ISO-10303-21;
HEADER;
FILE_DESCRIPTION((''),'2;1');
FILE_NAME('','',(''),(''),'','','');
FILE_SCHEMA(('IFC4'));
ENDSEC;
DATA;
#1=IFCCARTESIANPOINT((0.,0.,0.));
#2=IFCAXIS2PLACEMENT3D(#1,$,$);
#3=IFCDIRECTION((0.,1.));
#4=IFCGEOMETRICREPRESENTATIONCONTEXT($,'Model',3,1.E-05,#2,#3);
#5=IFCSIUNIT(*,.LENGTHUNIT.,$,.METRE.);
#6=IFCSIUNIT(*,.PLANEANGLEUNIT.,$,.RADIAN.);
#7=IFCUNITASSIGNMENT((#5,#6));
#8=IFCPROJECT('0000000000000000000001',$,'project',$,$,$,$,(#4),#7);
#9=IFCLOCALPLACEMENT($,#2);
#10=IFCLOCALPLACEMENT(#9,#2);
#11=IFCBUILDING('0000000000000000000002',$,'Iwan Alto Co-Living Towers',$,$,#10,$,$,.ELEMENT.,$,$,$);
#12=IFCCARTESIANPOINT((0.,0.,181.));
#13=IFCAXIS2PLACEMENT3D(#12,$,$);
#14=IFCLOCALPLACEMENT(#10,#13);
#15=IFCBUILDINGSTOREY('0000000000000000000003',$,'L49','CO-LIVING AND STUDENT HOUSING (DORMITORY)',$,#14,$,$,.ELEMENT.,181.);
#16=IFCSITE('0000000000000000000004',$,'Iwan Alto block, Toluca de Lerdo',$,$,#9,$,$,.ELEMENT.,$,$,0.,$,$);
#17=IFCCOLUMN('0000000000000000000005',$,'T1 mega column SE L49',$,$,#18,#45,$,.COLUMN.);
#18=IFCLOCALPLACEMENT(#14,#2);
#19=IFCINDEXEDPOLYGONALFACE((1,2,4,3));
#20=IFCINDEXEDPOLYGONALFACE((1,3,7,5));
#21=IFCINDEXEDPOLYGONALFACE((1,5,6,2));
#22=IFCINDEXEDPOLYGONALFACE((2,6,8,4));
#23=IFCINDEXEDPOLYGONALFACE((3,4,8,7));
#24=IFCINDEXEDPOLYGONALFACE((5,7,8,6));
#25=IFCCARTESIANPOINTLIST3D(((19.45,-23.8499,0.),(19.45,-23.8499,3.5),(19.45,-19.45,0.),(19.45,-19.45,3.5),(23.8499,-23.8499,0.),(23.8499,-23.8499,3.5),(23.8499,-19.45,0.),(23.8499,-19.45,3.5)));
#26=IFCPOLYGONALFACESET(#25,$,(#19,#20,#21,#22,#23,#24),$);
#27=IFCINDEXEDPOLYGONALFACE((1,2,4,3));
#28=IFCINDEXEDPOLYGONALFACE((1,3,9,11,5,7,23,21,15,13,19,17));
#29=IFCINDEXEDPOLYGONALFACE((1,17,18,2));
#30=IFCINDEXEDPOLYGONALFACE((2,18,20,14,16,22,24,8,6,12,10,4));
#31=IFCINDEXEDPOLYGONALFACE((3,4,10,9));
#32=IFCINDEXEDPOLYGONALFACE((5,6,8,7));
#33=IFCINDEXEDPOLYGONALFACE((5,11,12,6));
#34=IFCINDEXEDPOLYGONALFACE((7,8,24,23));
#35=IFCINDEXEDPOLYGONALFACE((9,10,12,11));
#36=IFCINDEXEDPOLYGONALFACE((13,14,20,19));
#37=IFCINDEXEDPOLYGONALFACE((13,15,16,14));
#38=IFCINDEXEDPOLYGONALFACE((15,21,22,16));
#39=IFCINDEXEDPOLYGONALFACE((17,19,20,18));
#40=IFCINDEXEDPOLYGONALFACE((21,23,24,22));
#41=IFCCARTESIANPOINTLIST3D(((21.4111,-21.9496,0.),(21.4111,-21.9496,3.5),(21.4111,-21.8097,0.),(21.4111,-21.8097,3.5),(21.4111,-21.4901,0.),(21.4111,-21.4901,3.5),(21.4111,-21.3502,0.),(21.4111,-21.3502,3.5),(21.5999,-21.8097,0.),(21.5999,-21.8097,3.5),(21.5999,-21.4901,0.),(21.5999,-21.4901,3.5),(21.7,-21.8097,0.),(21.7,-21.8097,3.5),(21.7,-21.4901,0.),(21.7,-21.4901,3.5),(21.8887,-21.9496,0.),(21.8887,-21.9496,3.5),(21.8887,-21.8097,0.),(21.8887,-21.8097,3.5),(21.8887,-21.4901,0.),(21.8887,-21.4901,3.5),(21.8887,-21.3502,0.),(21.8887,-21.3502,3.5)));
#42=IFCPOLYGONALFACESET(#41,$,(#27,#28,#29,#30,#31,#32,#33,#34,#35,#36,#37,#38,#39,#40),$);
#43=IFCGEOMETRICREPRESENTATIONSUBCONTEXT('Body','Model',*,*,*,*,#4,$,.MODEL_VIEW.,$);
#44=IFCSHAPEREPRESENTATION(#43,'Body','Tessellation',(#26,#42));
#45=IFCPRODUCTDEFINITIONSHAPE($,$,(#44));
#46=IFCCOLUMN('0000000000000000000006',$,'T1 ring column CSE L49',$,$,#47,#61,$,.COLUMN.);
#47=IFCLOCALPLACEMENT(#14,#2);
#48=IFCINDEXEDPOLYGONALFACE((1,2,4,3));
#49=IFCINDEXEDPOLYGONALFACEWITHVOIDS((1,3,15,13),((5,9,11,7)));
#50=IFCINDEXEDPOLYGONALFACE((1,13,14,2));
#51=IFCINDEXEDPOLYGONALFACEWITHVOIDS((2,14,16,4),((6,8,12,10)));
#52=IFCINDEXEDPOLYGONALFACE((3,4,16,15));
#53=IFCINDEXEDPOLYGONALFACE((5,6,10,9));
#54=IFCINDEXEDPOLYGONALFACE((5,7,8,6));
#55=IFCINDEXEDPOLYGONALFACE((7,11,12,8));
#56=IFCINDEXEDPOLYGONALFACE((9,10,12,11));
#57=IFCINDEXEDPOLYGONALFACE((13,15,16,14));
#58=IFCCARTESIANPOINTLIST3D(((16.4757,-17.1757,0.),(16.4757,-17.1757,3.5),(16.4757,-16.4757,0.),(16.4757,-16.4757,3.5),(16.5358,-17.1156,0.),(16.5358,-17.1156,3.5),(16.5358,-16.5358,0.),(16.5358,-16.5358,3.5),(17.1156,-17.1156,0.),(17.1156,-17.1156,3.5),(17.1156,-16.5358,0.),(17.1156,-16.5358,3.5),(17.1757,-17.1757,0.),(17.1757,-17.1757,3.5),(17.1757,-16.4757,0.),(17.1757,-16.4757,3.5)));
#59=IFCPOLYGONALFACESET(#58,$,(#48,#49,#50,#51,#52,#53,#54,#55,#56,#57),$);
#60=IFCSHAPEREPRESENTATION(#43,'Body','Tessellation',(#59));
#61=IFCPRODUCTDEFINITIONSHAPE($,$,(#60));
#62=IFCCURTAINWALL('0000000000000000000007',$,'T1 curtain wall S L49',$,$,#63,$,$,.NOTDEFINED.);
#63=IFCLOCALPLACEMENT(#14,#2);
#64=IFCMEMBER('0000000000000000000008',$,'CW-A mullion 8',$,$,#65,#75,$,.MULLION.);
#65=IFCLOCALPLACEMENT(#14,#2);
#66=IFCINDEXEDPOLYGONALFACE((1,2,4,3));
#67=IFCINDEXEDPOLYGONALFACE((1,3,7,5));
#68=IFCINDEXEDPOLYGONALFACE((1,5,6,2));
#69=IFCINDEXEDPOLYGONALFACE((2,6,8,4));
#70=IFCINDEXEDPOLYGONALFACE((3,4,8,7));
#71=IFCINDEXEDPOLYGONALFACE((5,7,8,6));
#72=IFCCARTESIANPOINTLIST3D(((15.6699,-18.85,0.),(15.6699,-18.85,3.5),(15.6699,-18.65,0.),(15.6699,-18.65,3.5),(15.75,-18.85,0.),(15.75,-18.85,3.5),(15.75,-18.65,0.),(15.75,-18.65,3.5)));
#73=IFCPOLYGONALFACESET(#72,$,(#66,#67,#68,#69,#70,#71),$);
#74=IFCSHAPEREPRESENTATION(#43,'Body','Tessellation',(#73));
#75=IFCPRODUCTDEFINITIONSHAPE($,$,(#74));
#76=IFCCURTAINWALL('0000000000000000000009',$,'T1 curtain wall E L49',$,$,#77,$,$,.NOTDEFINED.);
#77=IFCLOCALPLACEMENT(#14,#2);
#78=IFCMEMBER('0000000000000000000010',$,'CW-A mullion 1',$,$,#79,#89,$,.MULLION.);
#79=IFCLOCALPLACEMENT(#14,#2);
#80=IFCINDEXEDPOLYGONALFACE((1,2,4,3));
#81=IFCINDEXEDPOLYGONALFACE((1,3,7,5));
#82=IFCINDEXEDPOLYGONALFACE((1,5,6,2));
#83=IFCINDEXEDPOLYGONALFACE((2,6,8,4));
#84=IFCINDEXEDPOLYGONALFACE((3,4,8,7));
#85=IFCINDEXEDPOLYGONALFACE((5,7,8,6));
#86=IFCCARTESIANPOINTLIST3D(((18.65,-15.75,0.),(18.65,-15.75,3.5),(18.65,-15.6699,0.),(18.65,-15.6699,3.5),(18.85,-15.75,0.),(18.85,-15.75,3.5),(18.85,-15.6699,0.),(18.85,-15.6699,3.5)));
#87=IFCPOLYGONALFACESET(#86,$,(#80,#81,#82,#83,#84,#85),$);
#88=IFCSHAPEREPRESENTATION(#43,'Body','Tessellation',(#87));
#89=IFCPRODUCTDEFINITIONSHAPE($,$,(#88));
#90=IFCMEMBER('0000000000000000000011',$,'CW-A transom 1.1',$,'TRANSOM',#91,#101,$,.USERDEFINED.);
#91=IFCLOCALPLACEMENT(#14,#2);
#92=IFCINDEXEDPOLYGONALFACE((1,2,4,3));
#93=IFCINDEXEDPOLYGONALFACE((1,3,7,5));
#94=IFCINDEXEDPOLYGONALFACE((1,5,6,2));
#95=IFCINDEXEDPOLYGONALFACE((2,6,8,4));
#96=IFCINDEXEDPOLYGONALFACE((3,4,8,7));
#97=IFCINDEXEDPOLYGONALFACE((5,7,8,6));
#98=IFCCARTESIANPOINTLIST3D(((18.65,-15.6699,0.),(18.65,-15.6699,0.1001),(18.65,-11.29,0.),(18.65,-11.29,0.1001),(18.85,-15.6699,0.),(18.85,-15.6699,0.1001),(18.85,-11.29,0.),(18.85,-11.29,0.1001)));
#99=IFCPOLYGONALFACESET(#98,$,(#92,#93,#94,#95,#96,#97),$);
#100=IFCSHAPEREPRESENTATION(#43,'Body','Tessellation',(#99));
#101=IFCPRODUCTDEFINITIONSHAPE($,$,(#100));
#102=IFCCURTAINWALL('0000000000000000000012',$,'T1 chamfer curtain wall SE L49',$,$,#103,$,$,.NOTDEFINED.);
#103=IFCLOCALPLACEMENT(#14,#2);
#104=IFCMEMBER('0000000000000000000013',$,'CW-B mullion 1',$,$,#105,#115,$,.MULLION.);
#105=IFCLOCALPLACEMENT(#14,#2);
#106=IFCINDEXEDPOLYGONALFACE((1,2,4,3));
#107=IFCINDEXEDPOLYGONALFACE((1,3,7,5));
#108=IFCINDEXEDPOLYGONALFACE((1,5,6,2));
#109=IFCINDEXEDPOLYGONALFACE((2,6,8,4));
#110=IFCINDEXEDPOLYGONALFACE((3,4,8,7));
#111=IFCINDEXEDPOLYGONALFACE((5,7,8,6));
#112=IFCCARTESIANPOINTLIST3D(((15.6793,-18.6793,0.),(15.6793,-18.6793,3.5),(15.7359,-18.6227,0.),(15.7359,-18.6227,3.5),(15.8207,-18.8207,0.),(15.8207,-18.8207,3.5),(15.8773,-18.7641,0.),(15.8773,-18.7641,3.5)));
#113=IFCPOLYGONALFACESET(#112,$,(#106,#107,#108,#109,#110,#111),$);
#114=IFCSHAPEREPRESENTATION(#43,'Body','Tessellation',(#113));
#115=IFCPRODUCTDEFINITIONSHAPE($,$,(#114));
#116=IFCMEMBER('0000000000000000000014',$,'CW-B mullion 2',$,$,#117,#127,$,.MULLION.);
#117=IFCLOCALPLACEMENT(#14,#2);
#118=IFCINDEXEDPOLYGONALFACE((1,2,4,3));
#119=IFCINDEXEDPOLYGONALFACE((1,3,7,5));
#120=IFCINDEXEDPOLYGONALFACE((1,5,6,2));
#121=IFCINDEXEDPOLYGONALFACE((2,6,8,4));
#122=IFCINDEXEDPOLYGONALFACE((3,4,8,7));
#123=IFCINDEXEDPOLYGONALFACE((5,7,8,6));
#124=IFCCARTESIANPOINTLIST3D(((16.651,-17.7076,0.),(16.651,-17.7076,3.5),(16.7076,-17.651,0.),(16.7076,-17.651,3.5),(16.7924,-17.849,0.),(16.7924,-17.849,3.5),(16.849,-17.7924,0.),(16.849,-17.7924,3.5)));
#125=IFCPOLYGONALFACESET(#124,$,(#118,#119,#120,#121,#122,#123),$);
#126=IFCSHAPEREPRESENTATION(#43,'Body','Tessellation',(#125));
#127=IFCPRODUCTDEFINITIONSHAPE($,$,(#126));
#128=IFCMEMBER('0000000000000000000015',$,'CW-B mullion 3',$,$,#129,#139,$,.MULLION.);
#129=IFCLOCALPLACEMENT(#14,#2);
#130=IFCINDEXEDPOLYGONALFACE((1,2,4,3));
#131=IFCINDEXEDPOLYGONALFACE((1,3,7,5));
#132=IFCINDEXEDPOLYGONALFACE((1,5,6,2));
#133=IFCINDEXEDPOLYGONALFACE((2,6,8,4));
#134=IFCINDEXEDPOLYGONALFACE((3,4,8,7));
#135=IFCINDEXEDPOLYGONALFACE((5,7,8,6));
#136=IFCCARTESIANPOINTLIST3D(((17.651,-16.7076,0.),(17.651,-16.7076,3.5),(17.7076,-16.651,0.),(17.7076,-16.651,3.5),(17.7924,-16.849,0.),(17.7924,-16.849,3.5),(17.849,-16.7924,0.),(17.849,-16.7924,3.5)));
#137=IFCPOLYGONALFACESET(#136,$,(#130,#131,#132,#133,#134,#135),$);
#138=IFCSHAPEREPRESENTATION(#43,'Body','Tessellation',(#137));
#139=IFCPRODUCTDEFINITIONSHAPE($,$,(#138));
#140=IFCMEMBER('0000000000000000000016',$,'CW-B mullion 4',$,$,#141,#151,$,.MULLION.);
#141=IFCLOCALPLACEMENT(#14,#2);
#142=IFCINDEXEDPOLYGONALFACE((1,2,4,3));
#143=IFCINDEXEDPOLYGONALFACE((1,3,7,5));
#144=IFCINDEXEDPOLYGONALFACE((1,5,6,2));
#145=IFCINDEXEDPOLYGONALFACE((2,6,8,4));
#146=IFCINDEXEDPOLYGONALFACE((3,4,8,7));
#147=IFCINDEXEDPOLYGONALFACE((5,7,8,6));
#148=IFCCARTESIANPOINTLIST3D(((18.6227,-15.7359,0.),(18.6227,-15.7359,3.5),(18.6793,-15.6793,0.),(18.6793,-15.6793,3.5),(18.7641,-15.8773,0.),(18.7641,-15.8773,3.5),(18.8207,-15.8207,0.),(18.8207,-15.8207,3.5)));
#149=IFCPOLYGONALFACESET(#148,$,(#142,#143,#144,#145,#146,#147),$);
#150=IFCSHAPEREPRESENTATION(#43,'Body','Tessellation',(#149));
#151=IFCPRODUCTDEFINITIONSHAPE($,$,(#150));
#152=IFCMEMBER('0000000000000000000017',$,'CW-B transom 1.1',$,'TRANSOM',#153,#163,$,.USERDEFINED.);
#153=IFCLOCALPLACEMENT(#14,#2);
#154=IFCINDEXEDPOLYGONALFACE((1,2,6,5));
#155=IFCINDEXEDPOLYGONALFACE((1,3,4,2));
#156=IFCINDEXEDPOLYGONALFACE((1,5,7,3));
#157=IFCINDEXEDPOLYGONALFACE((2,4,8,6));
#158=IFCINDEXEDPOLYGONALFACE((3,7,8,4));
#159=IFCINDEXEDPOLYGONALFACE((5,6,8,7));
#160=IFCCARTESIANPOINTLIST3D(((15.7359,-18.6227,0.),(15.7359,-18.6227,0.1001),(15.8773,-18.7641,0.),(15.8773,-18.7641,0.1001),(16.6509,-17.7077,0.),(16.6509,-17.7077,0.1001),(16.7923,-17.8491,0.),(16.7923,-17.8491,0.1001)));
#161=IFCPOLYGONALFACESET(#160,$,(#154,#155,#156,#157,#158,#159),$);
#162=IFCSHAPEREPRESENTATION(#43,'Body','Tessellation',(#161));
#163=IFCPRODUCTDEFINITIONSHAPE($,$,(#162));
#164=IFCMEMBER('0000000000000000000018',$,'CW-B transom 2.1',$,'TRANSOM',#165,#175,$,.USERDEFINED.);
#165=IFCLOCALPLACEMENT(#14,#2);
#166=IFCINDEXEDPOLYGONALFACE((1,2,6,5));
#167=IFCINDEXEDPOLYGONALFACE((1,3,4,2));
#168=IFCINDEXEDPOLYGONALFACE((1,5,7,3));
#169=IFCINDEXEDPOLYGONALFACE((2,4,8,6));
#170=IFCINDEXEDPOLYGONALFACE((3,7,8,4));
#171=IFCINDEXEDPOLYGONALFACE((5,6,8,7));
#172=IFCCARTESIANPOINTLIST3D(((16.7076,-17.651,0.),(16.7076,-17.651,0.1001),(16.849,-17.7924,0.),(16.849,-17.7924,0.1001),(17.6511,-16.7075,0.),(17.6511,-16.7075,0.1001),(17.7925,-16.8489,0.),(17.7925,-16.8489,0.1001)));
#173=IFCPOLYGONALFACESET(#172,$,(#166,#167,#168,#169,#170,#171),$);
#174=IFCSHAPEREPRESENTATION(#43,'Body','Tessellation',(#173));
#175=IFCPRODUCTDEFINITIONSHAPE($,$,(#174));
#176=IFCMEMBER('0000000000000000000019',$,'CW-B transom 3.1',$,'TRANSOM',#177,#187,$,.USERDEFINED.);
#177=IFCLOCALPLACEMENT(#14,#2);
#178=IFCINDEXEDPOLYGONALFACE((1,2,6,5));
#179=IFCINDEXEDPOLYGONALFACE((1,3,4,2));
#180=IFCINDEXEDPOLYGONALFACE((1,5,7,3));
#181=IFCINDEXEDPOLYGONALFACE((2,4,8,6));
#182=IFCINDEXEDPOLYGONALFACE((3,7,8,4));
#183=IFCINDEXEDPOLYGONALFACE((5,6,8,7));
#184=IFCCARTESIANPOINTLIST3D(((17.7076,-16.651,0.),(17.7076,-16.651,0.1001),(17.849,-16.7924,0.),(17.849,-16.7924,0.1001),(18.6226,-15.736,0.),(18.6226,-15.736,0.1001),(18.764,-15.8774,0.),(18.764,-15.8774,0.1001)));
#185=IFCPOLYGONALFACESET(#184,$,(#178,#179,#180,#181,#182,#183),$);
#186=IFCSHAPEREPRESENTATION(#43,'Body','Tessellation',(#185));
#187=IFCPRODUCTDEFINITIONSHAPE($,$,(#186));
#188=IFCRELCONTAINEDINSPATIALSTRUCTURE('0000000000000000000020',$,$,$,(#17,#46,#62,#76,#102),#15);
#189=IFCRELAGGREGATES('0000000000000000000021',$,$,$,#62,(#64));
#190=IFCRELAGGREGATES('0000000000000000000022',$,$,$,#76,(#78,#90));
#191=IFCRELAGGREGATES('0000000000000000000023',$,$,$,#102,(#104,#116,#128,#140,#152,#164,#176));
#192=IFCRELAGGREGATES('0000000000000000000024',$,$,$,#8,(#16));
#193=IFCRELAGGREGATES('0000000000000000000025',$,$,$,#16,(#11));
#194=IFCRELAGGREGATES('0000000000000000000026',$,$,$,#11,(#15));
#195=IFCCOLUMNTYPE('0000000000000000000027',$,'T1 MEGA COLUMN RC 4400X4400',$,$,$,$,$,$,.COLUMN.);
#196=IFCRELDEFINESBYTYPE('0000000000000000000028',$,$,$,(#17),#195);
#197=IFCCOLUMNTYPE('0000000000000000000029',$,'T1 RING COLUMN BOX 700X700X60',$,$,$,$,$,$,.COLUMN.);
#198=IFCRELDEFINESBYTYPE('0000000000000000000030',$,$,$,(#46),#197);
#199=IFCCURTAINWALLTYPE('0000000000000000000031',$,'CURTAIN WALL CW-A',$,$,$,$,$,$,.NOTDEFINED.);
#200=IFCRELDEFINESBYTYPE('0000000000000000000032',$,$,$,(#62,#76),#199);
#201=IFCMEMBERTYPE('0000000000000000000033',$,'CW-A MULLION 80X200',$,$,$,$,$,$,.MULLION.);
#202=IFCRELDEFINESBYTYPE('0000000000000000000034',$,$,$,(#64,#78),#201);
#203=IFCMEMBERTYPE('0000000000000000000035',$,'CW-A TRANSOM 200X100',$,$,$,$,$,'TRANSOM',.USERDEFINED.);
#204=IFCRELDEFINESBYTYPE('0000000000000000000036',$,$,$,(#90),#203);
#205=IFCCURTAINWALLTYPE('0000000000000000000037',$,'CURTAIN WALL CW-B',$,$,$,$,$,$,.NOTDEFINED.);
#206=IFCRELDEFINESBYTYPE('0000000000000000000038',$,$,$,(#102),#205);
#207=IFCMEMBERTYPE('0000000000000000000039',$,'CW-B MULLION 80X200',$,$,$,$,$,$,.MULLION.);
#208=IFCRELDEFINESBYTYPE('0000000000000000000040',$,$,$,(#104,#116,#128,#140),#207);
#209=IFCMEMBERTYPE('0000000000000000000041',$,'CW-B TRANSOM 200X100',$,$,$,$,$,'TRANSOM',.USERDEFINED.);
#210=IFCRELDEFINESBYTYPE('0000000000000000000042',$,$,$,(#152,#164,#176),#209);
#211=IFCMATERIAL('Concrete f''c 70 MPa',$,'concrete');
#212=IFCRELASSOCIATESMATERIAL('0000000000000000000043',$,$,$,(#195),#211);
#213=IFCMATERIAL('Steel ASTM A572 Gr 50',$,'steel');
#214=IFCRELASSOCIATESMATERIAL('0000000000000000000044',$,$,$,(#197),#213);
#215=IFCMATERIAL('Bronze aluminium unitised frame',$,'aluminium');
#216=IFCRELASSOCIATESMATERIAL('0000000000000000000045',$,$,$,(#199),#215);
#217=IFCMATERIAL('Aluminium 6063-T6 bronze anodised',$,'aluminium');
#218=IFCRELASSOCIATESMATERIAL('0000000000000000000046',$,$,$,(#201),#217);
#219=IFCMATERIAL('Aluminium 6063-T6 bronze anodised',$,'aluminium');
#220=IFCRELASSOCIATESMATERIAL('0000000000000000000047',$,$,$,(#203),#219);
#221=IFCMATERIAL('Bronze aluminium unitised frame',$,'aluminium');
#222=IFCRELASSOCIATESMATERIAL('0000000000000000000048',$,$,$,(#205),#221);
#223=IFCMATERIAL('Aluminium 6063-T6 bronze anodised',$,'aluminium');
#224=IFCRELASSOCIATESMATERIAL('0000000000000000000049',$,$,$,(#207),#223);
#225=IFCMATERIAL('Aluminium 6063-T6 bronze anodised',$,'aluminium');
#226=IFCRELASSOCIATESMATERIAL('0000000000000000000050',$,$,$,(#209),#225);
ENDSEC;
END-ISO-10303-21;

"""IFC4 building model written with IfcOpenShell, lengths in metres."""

from ifc_helpers import new_model, si_unit, direction, frame, origin, origin_2d, place, context, subcontext, project, spatial, rectangle, hollow_rectangle, i_section, extrude, material, material_profile, profile_set, type_object, element, aggregate, save


model = new_model("IFC4")

# Units and contexts
model_context = context("Model", 3, precision=1e-05, world=origin(), true_north=direction((0.0, 1.0)))
body_context = subcontext(model_context, "Body", "Model", "MODEL_VIEW")
ifc_project = project(units=[si_unit("LENGTHUNIT", "METRE"), si_unit("PLANEANGLEUNIT", "RADIAN")], contexts=[model_context])

# Site, building, storey
site_placement = place(None, origin())
site = spatial("IfcSite", under=ifc_project, at=site_placement, Name="Iwan Alto block, Toluca de Lerdo", CompositionType="ELEMENT", RefElevation=0.0)
building_placement = place(site_placement, origin())
building = spatial("IfcBuilding", under=site, at=building_placement, Name="Iwan Alto Co-Living Towers", CompositionType="ELEMENT")
storey_placement = place(building_placement, frame((0.0, 0.0, 181.0)))
storey = spatial("IfcBuildingStorey", under=building, at=storey_placement, Name="L49", Description="CO-LIVING AND STUDENT HOUSING (DORMITORY)", CompositionType="ELEMENT", Elevation=181.0)

# Columns
ifc_material_1 = material(Name="Concrete f'c 70 MPa", Category="concrete")
ifc_material_profile_1 = material_profile(ifc_material_1, rectangle(XDim=4.3999, YDim=4.3999, at=origin_2d()), Name="RC 4400X4400")
ifc_profile_set_1 = profile_set([ifc_material_profile_1], Name="Concrete f'c 70 MPa")
column_type_1 = type_object("IfcColumnType", Name="T1 MEGA COLUMN RC 4400X4400", PredefinedType="COLUMN", material=ifc_profile_set_1)
column_1_placement = place(storey_placement, frame((21.6499, -21.6499, 0.0), z_axis=(0.0, 0.0, 1.0), x_axis=(1.0, 0.0, 0.0)))
element("IfcColumn", 1, at=column_1_placement, inside=storey, type_object=column_type_1, Name="T1 mega column SE L49", PredefinedType="COLUMN", context=body_context, shape_type="SweptSolid", body=[
    extrude(rectangle(XDim=4.3999, YDim=4.3999, at=origin_2d()), origin(), (0.0, 0.0, 1.0), 3.5),
    extrude(i_section(OverallWidth=0.4775, OverallDepth=0.5994, WebThickness=0.1001, FlangeThickness=0.1399, at=origin_2d()), origin(), (0.0, 0.0, 1.0), 3.5),
])
ifc_material_2 = material(Name="Steel ASTM A572 Gr 50", Category="steel")
ifc_material_profile_2 = material_profile(ifc_material_2, hollow_rectangle(XDim=0.7, YDim=0.7, WallThickness=0.0601, at=origin_2d()), Name="BOX 700X700X60")
ifc_profile_set_2 = profile_set([ifc_material_profile_2], Name="Steel ASTM A572 Gr 50")
column_type_2 = type_object("IfcColumnType", Name="T1 RING COLUMN BOX 700X700X60", PredefinedType="COLUMN", material=ifc_profile_set_2)
column_2_placement = place(storey_placement, frame((16.8257, -16.8257, 0.0), z_axis=(0.0, 0.0, 1.0), x_axis=(1.0, 0.0, 0.0)))
element("IfcColumn", 2, at=column_2_placement, inside=storey, type_object=column_type_2, Name="T1 ring column CSE L49", PredefinedType="COLUMN", context=body_context, shape_type="SweptSolid", body=[
    extrude(hollow_rectangle(XDim=0.7, YDim=0.7, WallThickness=0.0601, at=origin_2d()), origin(), (0.0, 0.0, 1.0), 3.5),
])

# Curtain wall, member
ifc_material_3 = material(Name="Bronze aluminium unitised frame", Category="aluminium")
curtain_wall_type_1 = type_object("IfcCurtainWallType", Name="CURTAIN WALL CW-A", PredefinedType="NOTDEFINED", material=ifc_material_3)
curtain_wall_1_placement = place(storey_placement, origin())
curtain_wall_1 = element("IfcCurtainWall", 3, at=curtain_wall_1_placement, inside=storey, type_object=curtain_wall_type_1, Name="T1 curtain wall S L49", PredefinedType="NOTDEFINED")
ifc_material_4 = material(Name="Aluminium 6063-T6 bronze anodised", Category="aluminium")
ifc_material_profile_3 = material_profile(ifc_material_4, rectangle(XDim=0.2, YDim=0.0801, at=origin_2d()), Name="AL 80X200")
ifc_profile_set_3 = profile_set([ifc_material_profile_3], Name="Aluminium 6063-T6 bronze anodised")
member_type_1 = type_object("IfcMemberType", Name="CW-A MULLION 80X200", PredefinedType="MULLION", material=ifc_profile_set_3)
member_1_placement = place(storey_placement, frame((15.71, -18.75, 0.0), z_axis=(0.0, 0.0, 1.0), x_axis=(0.0, 1.0, 0.0)))
member_1 = element("IfcMember", 4, at=member_1_placement, type_object=member_type_1, Name="CW-A mullion 8", PredefinedType="MULLION", context=body_context, shape_type="SweptSolid", body=[
    extrude(rectangle(XDim=0.2, YDim=0.0801, at=origin_2d()), origin(), (0.0, 0.0, 1.0), 3.5),
])

# Curtain walls, members
curtain_wall_2_placement = place(storey_placement, origin())
curtain_wall_2 = element("IfcCurtainWall", 5, at=curtain_wall_2_placement, inside=storey, type_object=curtain_wall_type_1, Name="T1 curtain wall E L49", PredefinedType="NOTDEFINED")
member_2_placement = place(storey_placement, frame((18.75, -15.71, 0.0), z_axis=(0.0, 0.0, 1.0), x_axis=(-1.0, 0.0, 0.0)))
member_2 = element("IfcMember", 6, at=member_2_placement, type_object=member_type_1, Name="CW-A mullion 1", PredefinedType="MULLION", context=body_context, shape_type="SweptSolid", body=[
    extrude(rectangle(XDim=0.2, YDim=0.0801, at=origin_2d()), origin(), (0.0, 0.0, 1.0), 3.5),
])
ifc_material_5 = material(Name="Aluminium 6063-T6 bronze anodised", Category="aluminium")
ifc_material_profile_4 = material_profile(ifc_material_5, rectangle(XDim=0.2, YDim=0.1001, at=origin_2d()), Name="AL 200X100")
ifc_profile_set_4 = profile_set([ifc_material_profile_4], Name="Aluminium 6063-T6 bronze anodised")
member_type_2 = type_object("IfcMemberType", Name="CW-A TRANSOM 200X100", ElementType="TRANSOM", PredefinedType="USERDEFINED", material=ifc_profile_set_4)
member_3_placement = place(storey_placement, frame((18.75, -15.6699, 0.05), z_axis=(0.0, 1.0, 0.0), x_axis=(-1.0, 0.0, 0.0)))
member_3 = element("IfcMember", 7, at=member_3_placement, type_object=member_type_2, Name="CW-A transom 1.1", ObjectType="TRANSOM", PredefinedType="USERDEFINED", context=body_context, shape_type="SweptSolid", body=[
    extrude(rectangle(XDim=0.2, YDim=0.1001, at=origin_2d()), origin(), (0.0, 0.0, 1.0), 4.3799),
])
ifc_material_6 = material(Name="Bronze aluminium unitised frame", Category="aluminium")
curtain_wall_type_2 = type_object("IfcCurtainWallType", Name="CURTAIN WALL CW-B", PredefinedType="NOTDEFINED", material=ifc_material_6)
curtain_wall_3_placement = place(storey_placement, origin())
curtain_wall_3 = element("IfcCurtainWall", 8, at=curtain_wall_3_placement, inside=storey, type_object=curtain_wall_type_2, Name="T1 chamfer curtain wall SE L49", PredefinedType="NOTDEFINED")
ifc_material_7 = material(Name="Aluminium 6063-T6 bronze anodised", Category="aluminium")
ifc_material_profile_5 = material_profile(ifc_material_7, rectangle(XDim=0.2, YDim=0.0801, at=origin_2d()), Name="AL 80X200")
ifc_profile_set_5 = profile_set([ifc_material_profile_5], Name="Aluminium 6063-T6 bronze anodised")
member_type_3 = type_object("IfcMemberType", Name="CW-B MULLION 80X200", PredefinedType="MULLION", material=ifc_profile_set_5)
member_4_placement = place(storey_placement, frame((15.7783, -18.7217, 0.0), z_axis=(0.0, 0.0, 1.0), x_axis=(-0.707107, 0.707107, 0.0)))
member_4 = element("IfcMember", 9, at=member_4_placement, type_object=member_type_3, Name="CW-B mullion 1", PredefinedType="MULLION", context=body_context, shape_type="SweptSolid", body=[
    extrude(rectangle(XDim=0.2, YDim=0.0801, at=origin_2d()), origin(), (0.0, 0.0, 1.0), 3.5),
])
member_5_placement = place(storey_placement, frame((16.75, -17.75, 0.0), z_axis=(0.0, 0.0, 1.0), x_axis=(-0.707107, 0.707107, 0.0)))
member_5 = element("IfcMember", 10, at=member_5_placement, type_object=member_type_3, Name="CW-B mullion 2", PredefinedType="MULLION", context=body_context, shape_type="SweptSolid", body=[
    extrude(rectangle(XDim=0.2, YDim=0.0801, at=origin_2d()), origin(), (0.0, 0.0, 1.0), 3.5),
])
member_6_placement = place(storey_placement, frame((17.75, -16.75, 0.0), z_axis=(0.0, 0.0, 1.0), x_axis=(-0.707107, 0.707107, 0.0)))
member_6 = element("IfcMember", 11, at=member_6_placement, type_object=member_type_3, Name="CW-B mullion 3", PredefinedType="MULLION", context=body_context, shape_type="SweptSolid", body=[
    extrude(rectangle(XDim=0.2, YDim=0.0801, at=origin_2d()), origin(), (0.0, 0.0, 1.0), 3.5),
])
member_7_placement = place(storey_placement, frame((18.7217, -15.7783, 0.0), z_axis=(0.0, 0.0, 1.0), x_axis=(-0.707107, 0.707107, 0.0)))
member_7 = element("IfcMember", 12, at=member_7_placement, type_object=member_type_3, Name="CW-B mullion 4", PredefinedType="MULLION", context=body_context, shape_type="SweptSolid", body=[
    extrude(rectangle(XDim=0.2, YDim=0.0801, at=origin_2d()), origin(), (0.0, 0.0, 1.0), 3.5),
])
ifc_material_8 = material(Name="Aluminium 6063-T6 bronze anodised", Category="aluminium")
ifc_material_profile_6 = material_profile(ifc_material_8, rectangle(XDim=0.2, YDim=0.1001, at=origin_2d()), Name="AL 200X100")
ifc_profile_set_6 = profile_set([ifc_material_profile_6], Name="Aluminium 6063-T6 bronze anodised")
member_type_4 = type_object("IfcMemberType", Name="CW-B TRANSOM 200X100", ElementType="TRANSOM", PredefinedType="USERDEFINED", material=ifc_profile_set_6)
member_8_placement = place(storey_placement, frame((15.8066, -18.6934, 0.05), z_axis=(0.707107, 0.707107, 0.0), x_axis=(-0.707107, 0.707107, 0.0)))
member_8 = element("IfcMember", 13, at=member_8_placement, type_object=member_type_4, Name="CW-B transom 1.1", ObjectType="TRANSOM", PredefinedType="USERDEFINED", context=body_context, shape_type="SweptSolid", body=[
    extrude(rectangle(XDim=0.2, YDim=0.1001, at=origin_2d()), origin(), (0.0, 0.0, 1.0), 1.2939),
])
member_9_placement = place(storey_placement, frame((16.7783, -17.7217, 0.05), z_axis=(0.707107, 0.707107, 0.0), x_axis=(-0.707107, 0.707107, 0.0)))
member_9 = element("IfcMember", 14, at=member_9_placement, type_object=member_type_4, Name="CW-B transom 2.1", ObjectType="TRANSOM", PredefinedType="USERDEFINED", context=body_context, shape_type="SweptSolid", body=[
    extrude(rectangle(XDim=0.2, YDim=0.1001, at=origin_2d()), origin(), (0.0, 0.0, 1.0), 1.3342),
])
member_10_placement = place(storey_placement, frame((17.7783, -16.7217, 0.05), z_axis=(0.707107, 0.707107, 0.0), x_axis=(-0.707107, 0.707107, 0.0)))
member_10 = element("IfcMember", 15, at=member_10_placement, type_object=member_type_4, Name="CW-B transom 3.1", ObjectType="TRANSOM", PredefinedType="USERDEFINED", context=body_context, shape_type="SweptSolid", body=[
    extrude(rectangle(XDim=0.2, YDim=0.1001, at=origin_2d()), origin(), (0.0, 0.0, 1.0), 1.2939),
])

aggregate(curtain_wall_1, [member_1])
aggregate(curtain_wall_2, [member_2, member_3])
aggregate(curtain_wall_3, [member_4, member_5, member_6, member_7, member_8, member_9, member_10])

save(model, "model.ifc")
